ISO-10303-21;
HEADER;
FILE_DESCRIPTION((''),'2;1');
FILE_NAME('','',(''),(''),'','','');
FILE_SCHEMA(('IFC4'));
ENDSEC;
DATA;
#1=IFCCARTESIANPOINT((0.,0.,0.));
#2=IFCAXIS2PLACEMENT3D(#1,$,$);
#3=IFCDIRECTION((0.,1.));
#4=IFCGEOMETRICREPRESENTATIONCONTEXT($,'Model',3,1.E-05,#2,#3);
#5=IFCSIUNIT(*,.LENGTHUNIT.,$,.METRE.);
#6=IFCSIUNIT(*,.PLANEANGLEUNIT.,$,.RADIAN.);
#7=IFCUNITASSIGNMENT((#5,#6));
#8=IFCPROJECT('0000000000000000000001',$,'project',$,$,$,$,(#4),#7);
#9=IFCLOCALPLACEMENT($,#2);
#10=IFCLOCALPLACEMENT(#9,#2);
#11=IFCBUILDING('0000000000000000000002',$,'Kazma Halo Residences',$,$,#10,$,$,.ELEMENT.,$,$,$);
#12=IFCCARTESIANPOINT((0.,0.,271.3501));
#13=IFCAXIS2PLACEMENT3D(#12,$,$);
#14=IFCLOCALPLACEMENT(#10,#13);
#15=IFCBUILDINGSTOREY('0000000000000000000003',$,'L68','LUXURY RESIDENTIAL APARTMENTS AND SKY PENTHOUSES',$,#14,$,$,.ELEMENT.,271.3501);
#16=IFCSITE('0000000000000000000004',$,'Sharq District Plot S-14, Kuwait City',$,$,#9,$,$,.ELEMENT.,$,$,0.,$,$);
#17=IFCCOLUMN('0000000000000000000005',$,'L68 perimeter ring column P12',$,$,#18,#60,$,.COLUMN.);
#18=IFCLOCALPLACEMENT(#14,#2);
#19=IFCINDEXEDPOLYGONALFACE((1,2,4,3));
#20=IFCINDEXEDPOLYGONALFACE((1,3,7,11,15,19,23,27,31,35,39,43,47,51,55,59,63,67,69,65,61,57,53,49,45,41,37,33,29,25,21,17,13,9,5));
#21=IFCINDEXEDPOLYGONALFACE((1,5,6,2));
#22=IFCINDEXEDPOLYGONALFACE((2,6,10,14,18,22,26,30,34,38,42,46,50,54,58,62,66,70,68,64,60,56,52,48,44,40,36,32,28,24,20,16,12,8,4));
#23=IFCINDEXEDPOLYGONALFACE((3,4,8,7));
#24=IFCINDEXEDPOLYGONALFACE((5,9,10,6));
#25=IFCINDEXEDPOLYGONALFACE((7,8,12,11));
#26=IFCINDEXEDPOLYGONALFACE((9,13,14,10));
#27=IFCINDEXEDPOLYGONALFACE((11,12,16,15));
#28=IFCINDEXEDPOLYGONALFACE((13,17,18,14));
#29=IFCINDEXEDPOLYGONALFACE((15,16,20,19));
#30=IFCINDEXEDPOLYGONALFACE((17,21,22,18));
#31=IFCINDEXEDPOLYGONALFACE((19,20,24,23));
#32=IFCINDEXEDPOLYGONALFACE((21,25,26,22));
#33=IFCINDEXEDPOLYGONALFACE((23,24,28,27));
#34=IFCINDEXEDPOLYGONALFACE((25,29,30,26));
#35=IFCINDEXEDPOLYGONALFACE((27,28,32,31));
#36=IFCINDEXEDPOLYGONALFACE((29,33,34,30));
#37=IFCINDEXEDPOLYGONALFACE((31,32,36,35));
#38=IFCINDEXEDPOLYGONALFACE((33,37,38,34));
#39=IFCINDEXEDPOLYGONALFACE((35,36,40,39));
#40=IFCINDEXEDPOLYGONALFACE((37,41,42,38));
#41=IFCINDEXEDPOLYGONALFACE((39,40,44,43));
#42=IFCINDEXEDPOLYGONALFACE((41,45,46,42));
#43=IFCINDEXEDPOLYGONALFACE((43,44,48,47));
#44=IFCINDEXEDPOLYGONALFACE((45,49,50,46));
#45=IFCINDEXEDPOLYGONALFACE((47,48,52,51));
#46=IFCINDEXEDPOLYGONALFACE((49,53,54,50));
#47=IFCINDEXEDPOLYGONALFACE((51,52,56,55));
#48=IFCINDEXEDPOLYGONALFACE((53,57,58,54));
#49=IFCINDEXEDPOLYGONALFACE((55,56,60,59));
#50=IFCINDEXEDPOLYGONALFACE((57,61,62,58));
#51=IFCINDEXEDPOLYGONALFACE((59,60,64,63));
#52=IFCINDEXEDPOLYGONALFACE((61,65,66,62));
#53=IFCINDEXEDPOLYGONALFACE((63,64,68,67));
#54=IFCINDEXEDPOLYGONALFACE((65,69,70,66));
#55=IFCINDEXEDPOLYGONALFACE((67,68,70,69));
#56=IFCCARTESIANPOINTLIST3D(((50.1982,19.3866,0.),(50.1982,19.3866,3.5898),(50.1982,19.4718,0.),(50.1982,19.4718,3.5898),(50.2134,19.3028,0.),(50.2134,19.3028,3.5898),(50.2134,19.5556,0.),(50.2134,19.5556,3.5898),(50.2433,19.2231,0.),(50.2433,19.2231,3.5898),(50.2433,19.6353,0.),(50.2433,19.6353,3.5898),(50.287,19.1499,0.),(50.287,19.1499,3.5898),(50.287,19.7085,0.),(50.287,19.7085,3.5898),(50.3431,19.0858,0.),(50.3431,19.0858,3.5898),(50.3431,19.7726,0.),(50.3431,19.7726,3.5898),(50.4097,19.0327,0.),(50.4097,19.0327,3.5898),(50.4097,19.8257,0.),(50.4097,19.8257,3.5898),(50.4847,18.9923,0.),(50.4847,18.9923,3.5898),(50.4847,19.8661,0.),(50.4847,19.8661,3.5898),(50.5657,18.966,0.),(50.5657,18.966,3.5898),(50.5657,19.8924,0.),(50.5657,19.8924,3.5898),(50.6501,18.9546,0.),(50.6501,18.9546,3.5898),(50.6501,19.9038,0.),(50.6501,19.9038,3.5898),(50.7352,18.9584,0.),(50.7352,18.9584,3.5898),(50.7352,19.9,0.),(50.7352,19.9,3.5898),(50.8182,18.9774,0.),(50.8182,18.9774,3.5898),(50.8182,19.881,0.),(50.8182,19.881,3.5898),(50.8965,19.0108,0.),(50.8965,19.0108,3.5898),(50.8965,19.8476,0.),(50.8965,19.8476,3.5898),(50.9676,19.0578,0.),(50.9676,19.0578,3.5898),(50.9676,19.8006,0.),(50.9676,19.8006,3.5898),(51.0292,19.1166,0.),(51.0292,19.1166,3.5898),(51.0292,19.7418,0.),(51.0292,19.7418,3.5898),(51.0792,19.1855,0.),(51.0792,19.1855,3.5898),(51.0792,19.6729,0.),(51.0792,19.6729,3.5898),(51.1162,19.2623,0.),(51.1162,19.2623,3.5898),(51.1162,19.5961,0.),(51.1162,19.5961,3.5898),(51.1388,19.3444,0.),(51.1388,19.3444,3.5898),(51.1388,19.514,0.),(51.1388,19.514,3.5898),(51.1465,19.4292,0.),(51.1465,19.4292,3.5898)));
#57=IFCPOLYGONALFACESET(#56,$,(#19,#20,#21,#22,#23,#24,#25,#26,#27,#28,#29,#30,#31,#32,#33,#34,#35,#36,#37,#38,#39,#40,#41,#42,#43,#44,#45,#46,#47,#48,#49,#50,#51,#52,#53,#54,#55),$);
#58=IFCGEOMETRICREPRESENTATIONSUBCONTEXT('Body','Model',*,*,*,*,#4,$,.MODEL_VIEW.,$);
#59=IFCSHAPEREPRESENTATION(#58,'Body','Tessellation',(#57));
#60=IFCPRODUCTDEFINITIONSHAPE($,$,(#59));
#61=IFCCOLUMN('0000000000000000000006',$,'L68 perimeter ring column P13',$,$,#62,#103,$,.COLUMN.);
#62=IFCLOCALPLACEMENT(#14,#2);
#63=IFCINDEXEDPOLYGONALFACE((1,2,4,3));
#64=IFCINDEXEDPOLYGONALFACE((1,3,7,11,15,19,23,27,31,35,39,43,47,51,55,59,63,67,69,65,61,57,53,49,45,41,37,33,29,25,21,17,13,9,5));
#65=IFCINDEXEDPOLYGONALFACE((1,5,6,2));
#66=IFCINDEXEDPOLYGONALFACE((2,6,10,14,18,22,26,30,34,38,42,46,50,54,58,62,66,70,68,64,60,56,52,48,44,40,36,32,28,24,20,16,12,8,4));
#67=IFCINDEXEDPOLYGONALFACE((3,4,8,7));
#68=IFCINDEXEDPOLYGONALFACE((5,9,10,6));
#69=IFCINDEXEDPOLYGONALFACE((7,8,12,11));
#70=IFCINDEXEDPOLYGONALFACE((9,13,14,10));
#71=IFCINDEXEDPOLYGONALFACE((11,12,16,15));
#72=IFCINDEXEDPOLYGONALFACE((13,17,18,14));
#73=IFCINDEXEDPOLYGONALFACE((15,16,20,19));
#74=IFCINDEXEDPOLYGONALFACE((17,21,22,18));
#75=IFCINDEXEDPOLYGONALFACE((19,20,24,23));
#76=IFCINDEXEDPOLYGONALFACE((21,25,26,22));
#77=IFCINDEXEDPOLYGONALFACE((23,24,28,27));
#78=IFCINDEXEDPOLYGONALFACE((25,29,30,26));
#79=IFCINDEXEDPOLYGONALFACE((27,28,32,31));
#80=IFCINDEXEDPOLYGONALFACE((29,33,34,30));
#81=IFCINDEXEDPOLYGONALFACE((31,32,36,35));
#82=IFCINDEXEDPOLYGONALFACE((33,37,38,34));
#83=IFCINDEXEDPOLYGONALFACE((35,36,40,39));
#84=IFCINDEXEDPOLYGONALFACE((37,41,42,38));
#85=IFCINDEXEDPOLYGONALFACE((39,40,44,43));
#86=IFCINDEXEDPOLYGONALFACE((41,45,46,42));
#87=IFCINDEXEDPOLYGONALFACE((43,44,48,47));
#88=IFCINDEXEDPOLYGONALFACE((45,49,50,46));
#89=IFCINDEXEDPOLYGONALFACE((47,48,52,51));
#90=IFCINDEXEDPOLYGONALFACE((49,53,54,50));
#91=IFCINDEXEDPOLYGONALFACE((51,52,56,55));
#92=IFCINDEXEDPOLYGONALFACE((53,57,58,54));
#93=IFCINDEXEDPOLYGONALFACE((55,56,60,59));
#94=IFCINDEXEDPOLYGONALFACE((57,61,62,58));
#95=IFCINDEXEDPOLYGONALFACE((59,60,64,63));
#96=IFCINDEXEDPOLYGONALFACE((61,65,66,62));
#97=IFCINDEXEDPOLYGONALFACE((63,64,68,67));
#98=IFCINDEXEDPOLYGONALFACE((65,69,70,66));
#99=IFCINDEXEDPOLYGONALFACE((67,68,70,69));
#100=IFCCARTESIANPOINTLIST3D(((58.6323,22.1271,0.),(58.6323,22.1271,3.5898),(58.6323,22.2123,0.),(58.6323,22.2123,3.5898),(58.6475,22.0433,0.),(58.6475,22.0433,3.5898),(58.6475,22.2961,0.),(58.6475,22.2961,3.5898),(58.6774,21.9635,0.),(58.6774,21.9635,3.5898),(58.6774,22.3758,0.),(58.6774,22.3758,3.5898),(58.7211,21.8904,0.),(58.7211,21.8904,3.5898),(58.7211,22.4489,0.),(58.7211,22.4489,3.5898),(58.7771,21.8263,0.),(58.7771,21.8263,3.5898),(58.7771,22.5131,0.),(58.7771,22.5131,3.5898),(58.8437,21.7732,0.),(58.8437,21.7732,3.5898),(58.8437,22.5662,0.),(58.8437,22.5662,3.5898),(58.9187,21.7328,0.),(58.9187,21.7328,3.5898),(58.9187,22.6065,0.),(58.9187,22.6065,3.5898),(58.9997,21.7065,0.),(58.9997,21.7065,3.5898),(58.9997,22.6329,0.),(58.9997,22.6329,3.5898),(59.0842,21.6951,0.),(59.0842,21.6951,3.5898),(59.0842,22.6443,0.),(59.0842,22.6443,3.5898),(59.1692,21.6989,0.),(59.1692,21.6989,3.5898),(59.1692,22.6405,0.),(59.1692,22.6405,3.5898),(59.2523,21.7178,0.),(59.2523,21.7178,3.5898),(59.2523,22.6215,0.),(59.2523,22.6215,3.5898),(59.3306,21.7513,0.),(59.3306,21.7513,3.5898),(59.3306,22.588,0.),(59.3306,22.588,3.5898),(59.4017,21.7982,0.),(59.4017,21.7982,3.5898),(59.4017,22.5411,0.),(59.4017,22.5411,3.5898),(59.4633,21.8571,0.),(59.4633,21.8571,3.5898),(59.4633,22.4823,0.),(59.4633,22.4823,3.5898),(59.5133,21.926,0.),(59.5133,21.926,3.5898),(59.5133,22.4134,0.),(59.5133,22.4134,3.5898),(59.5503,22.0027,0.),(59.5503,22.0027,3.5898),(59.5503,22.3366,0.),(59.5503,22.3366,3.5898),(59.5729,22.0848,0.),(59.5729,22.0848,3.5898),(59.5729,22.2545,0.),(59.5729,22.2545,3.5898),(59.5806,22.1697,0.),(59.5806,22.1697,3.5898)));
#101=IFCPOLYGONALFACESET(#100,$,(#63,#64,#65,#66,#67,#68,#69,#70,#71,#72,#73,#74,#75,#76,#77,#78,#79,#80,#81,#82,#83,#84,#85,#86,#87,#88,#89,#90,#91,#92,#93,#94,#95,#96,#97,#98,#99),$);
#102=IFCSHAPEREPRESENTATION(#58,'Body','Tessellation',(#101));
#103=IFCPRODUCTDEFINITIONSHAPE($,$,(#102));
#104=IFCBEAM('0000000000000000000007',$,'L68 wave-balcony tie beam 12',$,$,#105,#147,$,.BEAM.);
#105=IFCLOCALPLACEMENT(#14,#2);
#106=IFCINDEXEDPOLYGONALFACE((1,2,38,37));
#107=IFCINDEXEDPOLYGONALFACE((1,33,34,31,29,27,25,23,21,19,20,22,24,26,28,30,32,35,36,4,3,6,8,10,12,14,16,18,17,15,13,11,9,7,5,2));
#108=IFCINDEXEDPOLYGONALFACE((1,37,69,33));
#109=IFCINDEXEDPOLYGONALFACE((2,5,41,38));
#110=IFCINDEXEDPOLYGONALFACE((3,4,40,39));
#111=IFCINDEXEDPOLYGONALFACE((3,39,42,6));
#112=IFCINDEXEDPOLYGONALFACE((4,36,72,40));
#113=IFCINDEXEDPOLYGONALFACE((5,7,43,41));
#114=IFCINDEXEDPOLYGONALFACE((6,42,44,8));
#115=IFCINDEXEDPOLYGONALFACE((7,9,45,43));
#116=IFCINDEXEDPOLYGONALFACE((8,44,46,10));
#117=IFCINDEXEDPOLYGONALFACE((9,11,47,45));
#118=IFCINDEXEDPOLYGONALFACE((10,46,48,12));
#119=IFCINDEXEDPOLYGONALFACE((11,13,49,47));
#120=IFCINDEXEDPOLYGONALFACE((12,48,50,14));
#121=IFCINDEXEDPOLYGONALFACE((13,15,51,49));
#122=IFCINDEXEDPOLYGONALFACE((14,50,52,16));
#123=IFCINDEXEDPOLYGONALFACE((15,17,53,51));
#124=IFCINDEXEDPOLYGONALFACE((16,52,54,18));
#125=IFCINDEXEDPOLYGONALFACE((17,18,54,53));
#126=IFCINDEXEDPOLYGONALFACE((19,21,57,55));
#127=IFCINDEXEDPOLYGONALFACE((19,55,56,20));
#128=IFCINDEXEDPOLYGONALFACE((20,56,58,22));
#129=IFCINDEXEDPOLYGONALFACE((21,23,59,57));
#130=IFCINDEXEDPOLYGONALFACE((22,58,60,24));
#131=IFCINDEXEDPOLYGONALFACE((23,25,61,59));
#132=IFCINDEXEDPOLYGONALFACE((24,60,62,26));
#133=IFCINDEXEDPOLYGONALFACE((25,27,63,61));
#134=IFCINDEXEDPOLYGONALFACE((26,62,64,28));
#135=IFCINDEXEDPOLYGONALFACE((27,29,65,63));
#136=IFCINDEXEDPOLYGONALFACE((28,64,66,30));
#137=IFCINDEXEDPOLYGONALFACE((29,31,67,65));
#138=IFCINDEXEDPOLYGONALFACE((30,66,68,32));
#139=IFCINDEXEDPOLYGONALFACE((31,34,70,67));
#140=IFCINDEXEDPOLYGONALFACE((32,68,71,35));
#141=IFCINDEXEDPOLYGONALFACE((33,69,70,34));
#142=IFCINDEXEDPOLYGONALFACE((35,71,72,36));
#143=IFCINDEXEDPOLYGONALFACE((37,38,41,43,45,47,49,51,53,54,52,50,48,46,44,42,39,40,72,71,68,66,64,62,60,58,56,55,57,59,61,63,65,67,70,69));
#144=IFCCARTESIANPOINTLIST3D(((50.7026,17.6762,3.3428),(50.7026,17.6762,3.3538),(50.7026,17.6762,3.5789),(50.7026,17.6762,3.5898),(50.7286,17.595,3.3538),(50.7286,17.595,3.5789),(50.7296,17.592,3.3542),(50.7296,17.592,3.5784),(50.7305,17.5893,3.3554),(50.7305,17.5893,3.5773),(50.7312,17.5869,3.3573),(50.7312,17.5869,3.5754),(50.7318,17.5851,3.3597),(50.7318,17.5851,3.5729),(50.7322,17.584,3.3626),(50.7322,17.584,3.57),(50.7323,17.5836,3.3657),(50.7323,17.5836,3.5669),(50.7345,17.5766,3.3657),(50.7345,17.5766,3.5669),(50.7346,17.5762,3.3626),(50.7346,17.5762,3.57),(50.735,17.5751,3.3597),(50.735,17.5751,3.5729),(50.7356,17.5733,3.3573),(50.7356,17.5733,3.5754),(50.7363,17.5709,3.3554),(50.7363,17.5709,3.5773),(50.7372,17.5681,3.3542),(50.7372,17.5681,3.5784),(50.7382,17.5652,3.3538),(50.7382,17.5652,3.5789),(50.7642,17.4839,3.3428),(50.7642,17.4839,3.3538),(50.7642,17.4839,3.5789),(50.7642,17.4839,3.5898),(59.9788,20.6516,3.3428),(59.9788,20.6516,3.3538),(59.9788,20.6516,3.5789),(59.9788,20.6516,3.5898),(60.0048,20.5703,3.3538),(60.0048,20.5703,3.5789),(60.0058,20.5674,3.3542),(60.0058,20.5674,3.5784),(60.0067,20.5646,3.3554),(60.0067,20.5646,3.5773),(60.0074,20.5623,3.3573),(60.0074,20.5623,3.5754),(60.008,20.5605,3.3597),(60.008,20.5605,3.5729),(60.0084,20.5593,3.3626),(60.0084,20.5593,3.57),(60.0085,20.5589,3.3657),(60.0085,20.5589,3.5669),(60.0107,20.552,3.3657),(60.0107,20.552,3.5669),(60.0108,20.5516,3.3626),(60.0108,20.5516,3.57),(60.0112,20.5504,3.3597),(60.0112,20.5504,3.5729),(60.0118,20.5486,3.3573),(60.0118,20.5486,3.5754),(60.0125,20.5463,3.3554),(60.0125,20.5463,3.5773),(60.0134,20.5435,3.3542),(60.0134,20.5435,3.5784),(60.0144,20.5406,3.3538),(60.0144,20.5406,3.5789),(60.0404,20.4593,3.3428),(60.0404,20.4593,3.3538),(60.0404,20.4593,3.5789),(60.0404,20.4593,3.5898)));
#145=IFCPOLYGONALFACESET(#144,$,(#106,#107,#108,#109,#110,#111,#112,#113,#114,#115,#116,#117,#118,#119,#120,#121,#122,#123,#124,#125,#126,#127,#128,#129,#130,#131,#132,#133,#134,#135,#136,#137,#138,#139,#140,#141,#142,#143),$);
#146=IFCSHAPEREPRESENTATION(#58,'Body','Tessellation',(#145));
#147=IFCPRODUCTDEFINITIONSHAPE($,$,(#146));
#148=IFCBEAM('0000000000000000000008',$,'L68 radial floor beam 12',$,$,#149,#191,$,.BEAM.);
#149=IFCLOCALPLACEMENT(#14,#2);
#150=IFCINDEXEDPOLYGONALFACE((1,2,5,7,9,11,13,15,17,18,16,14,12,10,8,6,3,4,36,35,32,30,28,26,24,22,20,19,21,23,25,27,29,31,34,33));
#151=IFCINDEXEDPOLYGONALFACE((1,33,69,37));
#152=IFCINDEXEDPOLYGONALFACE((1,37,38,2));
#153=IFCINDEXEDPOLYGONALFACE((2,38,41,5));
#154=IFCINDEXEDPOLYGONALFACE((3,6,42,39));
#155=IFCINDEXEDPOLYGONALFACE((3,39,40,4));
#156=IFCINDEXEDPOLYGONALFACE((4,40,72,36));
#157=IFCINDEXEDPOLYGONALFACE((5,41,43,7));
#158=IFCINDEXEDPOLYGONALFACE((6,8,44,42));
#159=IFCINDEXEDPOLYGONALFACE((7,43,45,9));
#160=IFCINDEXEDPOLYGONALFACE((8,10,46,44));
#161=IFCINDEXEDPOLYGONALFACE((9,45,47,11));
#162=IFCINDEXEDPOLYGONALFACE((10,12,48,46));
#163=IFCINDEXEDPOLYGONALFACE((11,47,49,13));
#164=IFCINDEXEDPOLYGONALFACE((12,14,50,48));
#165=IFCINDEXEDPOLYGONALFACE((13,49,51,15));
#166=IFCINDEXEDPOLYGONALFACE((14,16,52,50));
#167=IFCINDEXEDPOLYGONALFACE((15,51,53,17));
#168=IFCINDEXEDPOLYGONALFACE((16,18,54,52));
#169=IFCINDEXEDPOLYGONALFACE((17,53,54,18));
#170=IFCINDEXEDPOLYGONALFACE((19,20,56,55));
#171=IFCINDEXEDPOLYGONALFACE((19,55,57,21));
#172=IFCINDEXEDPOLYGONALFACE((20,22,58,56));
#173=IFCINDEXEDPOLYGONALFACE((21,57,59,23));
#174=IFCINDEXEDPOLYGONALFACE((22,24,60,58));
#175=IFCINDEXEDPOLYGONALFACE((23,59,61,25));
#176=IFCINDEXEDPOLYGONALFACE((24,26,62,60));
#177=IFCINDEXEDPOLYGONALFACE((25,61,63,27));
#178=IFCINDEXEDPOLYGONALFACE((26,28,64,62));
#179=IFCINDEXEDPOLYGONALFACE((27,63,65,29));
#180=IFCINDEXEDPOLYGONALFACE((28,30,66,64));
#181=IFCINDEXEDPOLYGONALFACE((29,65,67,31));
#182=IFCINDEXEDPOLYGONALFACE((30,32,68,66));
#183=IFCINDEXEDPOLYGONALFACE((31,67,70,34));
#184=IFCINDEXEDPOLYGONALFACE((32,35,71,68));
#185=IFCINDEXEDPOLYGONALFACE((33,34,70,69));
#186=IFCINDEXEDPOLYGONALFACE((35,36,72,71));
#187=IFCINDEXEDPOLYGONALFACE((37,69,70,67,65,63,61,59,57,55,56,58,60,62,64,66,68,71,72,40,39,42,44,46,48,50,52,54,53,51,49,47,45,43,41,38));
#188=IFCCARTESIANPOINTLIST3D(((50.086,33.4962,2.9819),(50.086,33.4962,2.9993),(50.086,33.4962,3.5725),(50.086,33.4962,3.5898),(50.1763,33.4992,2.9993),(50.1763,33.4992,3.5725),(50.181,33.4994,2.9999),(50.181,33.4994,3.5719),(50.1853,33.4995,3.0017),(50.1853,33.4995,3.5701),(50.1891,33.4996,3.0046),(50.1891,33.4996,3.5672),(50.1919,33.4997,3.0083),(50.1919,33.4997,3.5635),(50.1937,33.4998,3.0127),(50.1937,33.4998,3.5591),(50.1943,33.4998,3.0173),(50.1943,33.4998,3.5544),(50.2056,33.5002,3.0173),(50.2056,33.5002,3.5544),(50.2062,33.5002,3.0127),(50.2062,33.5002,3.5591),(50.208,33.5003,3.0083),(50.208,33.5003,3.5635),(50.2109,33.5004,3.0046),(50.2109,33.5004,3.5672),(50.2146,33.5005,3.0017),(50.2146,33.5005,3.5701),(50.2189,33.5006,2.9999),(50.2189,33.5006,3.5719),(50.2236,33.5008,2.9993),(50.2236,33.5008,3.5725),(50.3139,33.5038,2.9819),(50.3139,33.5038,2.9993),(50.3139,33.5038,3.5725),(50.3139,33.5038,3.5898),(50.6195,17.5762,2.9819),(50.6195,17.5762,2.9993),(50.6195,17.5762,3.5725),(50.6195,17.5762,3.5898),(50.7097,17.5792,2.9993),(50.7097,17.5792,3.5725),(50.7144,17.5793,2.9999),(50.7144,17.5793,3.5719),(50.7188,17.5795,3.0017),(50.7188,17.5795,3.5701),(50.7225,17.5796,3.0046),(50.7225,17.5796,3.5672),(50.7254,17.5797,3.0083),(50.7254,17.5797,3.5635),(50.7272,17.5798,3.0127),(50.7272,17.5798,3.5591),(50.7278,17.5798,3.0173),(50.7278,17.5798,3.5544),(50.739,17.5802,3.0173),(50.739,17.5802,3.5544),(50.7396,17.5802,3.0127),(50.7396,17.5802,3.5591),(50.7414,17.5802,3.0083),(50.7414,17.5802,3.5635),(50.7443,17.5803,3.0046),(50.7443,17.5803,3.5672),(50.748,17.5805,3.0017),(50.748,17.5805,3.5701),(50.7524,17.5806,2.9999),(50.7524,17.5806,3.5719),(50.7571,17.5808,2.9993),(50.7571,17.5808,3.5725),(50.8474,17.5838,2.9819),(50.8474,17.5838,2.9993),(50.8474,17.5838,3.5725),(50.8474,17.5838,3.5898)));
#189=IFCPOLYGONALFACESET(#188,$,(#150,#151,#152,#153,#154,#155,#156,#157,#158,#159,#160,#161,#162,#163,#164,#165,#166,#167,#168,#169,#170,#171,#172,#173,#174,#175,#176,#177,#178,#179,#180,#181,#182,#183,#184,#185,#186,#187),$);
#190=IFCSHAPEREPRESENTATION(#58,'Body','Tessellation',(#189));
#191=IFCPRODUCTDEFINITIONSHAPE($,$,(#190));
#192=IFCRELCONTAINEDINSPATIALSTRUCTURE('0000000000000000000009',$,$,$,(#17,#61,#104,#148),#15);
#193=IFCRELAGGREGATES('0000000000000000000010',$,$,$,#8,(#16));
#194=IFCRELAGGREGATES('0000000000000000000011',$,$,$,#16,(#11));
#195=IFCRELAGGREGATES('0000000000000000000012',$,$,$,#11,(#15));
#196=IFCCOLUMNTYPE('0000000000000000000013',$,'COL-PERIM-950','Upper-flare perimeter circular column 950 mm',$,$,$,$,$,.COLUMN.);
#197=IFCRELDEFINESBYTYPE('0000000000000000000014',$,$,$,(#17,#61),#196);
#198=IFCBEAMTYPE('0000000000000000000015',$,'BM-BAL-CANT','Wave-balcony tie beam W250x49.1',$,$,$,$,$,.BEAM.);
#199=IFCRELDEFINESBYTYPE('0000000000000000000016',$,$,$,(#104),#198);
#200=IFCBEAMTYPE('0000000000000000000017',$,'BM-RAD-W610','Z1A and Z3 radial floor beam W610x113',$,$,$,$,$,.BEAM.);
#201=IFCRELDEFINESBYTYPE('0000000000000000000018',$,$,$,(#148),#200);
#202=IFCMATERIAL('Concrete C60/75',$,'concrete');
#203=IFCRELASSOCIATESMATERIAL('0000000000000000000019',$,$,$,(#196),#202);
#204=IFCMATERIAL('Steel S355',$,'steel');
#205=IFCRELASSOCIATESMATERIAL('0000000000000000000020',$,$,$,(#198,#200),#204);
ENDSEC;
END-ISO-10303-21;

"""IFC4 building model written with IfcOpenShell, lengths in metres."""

from ifc_helpers import new_model, si_unit, direction, frame, origin, origin_2d, place, context, subcontext, project, spatial, circle, i_section, extrude, material, material_profile, profile_set, type_object, element, save


model = new_model("IFC4")

# Units and contexts
model_context = context("Model", 3, precision=1e-05, world=origin(), true_north=direction((0.0, 1.0)))
body_context = subcontext(model_context, "Body", "Model", "MODEL_VIEW")
ifc_project = project(units=[si_unit("LENGTHUNIT", "METRE"), si_unit("PLANEANGLEUNIT", "RADIAN")], contexts=[model_context])

# Site, building, storey
site_placement = place(None, origin())
site = spatial("IfcSite", under=ifc_project, at=site_placement, Name="Sharq District Plot S-14, Kuwait City", CompositionType="ELEMENT", RefElevation=0.0)
building_placement = place(site_placement, origin())
building = spatial("IfcBuilding", under=site, at=building_placement, Name="Kazma Halo Residences", CompositionType="ELEMENT")
storey_placement = place(building_placement, frame((0.0, 0.0, 271.3501)))
storey = spatial("IfcBuildingStorey", under=building, at=storey_placement, Name="L68", Description="LUXURY RESIDENTIAL APARTMENTS AND SKY PENTHOUSES", CompositionType="ELEMENT", Elevation=271.3501)

# Columns
ifc_material_1 = material(Name="Concrete C60/75", Category="concrete")
ifc_material_profile_1 = material_profile(ifc_material_1, circle(Radius=0.4751, at=origin_2d()), Name="CIRC950")
ifc_profile_set_1 = profile_set([ifc_material_profile_1], Name="Concrete C60/75")
column_type = type_object("IfcColumnType", Name="COL-PERIM-950", Description="Upper-flare perimeter circular column 950 mm", PredefinedType="COLUMN", material=ifc_profile_set_1)
for number, where, z_axis, x_axis, name in (
    (1, (50.6714, 19.4292, 0.0), (0.0, 0.0, 1.0), (1.0, 0.0, 0.0), "L68 perimeter ring column P12"),
    (2, (59.1055, 22.1697, 0.0), (0.0, 0.0, 1.0), (1.0, 0.0, 0.0), "L68 perimeter ring column P13"),
):
    element("IfcColumn", number, at=place(storey_placement, frame(where, z_axis=z_axis, x_axis=x_axis)), inside=storey, type_object=column_type, Name=name, PredefinedType="COLUMN", context=body_context, shape_type="SweptSolid", body=[
        extrude(circle(Radius=0.4751, at=origin_2d()), origin(), (0.0, 0.0, 1.0), 3.5898),
    ])

# Beams
ifc_material_2 = material(Name="Steel S355", Category="steel")
ifc_material_profile_2 = material_profile(ifc_material_2, i_section(OverallWidth=0.2019, OverallDepth=0.2471, WebThickness=0.0073, FlangeThickness=0.011, FilletRadius=0.012, at=origin_2d()), Name="W250x49.1")
ifc_profile_set_2 = profile_set([ifc_material_profile_2], Name="Steel S355")
beam_type_1 = type_object("IfcBeamType", Name="BM-BAL-CANT", Description="Wave-balcony tie beam W250x49.1", PredefinedType="BEAM", material=ifc_profile_set_2)
beam_1_placement = place(storey_placement, frame((50.7334, 17.5801, 3.4663), z_axis=(0.952216, 0.305426, 0.0), x_axis=(-0.305426, 0.952216, 0.0)))
element("IfcBeam", 3, at=beam_1_placement, inside=storey, type_object=beam_type_1, Name="L68 wave-balcony tie beam 12", PredefinedType="BEAM", context=body_context, shape_type="SweptSolid", body=[
    extrude(i_section(OverallWidth=0.2019, OverallDepth=0.2471, WebThickness=0.0073, FlangeThickness=0.011, FilletRadius=0.012, at=origin_2d()), origin(), (0.0, 0.0, 1.0), 9.7417),
])
ifc_material_profile_3 = material_profile(ifc_material_2, i_section(OverallWidth=0.228, OverallDepth=0.6079, WebThickness=0.0112, FlangeThickness=0.0173, FilletRadius=0.0181, at=origin_2d()), Name="W610x113")
ifc_profile_set_3 = profile_set([ifc_material_profile_3], Name="Steel S355")
beam_type_2 = type_object("IfcBeamType", Name="BM-RAD-W610", Description="Z1A and Z3 radial floor beam W610x113", PredefinedType="BEAM", material=ifc_profile_set_3)
beam_2_placement = place(storey_placement, frame((50.2, 33.5, 3.2859), z_axis=(0.033489, -0.999439, 0.0), x_axis=(0.999439, 0.033489, 0.0)))
element("IfcBeam", 4, at=beam_2_placement, inside=storey, type_object=beam_type_2, Name="L68 radial floor beam 12", PredefinedType="BEAM", context=body_context, shape_type="SweptSolid", body=[
    extrude(i_section(OverallWidth=0.228, OverallDepth=0.6079, WebThickness=0.0112, FlangeThickness=0.0173, FilletRadius=0.0181, at=origin_2d()), origin(), (0.0, 0.0, 1.0), 15.929),
])

save(model, "model.ifc")
